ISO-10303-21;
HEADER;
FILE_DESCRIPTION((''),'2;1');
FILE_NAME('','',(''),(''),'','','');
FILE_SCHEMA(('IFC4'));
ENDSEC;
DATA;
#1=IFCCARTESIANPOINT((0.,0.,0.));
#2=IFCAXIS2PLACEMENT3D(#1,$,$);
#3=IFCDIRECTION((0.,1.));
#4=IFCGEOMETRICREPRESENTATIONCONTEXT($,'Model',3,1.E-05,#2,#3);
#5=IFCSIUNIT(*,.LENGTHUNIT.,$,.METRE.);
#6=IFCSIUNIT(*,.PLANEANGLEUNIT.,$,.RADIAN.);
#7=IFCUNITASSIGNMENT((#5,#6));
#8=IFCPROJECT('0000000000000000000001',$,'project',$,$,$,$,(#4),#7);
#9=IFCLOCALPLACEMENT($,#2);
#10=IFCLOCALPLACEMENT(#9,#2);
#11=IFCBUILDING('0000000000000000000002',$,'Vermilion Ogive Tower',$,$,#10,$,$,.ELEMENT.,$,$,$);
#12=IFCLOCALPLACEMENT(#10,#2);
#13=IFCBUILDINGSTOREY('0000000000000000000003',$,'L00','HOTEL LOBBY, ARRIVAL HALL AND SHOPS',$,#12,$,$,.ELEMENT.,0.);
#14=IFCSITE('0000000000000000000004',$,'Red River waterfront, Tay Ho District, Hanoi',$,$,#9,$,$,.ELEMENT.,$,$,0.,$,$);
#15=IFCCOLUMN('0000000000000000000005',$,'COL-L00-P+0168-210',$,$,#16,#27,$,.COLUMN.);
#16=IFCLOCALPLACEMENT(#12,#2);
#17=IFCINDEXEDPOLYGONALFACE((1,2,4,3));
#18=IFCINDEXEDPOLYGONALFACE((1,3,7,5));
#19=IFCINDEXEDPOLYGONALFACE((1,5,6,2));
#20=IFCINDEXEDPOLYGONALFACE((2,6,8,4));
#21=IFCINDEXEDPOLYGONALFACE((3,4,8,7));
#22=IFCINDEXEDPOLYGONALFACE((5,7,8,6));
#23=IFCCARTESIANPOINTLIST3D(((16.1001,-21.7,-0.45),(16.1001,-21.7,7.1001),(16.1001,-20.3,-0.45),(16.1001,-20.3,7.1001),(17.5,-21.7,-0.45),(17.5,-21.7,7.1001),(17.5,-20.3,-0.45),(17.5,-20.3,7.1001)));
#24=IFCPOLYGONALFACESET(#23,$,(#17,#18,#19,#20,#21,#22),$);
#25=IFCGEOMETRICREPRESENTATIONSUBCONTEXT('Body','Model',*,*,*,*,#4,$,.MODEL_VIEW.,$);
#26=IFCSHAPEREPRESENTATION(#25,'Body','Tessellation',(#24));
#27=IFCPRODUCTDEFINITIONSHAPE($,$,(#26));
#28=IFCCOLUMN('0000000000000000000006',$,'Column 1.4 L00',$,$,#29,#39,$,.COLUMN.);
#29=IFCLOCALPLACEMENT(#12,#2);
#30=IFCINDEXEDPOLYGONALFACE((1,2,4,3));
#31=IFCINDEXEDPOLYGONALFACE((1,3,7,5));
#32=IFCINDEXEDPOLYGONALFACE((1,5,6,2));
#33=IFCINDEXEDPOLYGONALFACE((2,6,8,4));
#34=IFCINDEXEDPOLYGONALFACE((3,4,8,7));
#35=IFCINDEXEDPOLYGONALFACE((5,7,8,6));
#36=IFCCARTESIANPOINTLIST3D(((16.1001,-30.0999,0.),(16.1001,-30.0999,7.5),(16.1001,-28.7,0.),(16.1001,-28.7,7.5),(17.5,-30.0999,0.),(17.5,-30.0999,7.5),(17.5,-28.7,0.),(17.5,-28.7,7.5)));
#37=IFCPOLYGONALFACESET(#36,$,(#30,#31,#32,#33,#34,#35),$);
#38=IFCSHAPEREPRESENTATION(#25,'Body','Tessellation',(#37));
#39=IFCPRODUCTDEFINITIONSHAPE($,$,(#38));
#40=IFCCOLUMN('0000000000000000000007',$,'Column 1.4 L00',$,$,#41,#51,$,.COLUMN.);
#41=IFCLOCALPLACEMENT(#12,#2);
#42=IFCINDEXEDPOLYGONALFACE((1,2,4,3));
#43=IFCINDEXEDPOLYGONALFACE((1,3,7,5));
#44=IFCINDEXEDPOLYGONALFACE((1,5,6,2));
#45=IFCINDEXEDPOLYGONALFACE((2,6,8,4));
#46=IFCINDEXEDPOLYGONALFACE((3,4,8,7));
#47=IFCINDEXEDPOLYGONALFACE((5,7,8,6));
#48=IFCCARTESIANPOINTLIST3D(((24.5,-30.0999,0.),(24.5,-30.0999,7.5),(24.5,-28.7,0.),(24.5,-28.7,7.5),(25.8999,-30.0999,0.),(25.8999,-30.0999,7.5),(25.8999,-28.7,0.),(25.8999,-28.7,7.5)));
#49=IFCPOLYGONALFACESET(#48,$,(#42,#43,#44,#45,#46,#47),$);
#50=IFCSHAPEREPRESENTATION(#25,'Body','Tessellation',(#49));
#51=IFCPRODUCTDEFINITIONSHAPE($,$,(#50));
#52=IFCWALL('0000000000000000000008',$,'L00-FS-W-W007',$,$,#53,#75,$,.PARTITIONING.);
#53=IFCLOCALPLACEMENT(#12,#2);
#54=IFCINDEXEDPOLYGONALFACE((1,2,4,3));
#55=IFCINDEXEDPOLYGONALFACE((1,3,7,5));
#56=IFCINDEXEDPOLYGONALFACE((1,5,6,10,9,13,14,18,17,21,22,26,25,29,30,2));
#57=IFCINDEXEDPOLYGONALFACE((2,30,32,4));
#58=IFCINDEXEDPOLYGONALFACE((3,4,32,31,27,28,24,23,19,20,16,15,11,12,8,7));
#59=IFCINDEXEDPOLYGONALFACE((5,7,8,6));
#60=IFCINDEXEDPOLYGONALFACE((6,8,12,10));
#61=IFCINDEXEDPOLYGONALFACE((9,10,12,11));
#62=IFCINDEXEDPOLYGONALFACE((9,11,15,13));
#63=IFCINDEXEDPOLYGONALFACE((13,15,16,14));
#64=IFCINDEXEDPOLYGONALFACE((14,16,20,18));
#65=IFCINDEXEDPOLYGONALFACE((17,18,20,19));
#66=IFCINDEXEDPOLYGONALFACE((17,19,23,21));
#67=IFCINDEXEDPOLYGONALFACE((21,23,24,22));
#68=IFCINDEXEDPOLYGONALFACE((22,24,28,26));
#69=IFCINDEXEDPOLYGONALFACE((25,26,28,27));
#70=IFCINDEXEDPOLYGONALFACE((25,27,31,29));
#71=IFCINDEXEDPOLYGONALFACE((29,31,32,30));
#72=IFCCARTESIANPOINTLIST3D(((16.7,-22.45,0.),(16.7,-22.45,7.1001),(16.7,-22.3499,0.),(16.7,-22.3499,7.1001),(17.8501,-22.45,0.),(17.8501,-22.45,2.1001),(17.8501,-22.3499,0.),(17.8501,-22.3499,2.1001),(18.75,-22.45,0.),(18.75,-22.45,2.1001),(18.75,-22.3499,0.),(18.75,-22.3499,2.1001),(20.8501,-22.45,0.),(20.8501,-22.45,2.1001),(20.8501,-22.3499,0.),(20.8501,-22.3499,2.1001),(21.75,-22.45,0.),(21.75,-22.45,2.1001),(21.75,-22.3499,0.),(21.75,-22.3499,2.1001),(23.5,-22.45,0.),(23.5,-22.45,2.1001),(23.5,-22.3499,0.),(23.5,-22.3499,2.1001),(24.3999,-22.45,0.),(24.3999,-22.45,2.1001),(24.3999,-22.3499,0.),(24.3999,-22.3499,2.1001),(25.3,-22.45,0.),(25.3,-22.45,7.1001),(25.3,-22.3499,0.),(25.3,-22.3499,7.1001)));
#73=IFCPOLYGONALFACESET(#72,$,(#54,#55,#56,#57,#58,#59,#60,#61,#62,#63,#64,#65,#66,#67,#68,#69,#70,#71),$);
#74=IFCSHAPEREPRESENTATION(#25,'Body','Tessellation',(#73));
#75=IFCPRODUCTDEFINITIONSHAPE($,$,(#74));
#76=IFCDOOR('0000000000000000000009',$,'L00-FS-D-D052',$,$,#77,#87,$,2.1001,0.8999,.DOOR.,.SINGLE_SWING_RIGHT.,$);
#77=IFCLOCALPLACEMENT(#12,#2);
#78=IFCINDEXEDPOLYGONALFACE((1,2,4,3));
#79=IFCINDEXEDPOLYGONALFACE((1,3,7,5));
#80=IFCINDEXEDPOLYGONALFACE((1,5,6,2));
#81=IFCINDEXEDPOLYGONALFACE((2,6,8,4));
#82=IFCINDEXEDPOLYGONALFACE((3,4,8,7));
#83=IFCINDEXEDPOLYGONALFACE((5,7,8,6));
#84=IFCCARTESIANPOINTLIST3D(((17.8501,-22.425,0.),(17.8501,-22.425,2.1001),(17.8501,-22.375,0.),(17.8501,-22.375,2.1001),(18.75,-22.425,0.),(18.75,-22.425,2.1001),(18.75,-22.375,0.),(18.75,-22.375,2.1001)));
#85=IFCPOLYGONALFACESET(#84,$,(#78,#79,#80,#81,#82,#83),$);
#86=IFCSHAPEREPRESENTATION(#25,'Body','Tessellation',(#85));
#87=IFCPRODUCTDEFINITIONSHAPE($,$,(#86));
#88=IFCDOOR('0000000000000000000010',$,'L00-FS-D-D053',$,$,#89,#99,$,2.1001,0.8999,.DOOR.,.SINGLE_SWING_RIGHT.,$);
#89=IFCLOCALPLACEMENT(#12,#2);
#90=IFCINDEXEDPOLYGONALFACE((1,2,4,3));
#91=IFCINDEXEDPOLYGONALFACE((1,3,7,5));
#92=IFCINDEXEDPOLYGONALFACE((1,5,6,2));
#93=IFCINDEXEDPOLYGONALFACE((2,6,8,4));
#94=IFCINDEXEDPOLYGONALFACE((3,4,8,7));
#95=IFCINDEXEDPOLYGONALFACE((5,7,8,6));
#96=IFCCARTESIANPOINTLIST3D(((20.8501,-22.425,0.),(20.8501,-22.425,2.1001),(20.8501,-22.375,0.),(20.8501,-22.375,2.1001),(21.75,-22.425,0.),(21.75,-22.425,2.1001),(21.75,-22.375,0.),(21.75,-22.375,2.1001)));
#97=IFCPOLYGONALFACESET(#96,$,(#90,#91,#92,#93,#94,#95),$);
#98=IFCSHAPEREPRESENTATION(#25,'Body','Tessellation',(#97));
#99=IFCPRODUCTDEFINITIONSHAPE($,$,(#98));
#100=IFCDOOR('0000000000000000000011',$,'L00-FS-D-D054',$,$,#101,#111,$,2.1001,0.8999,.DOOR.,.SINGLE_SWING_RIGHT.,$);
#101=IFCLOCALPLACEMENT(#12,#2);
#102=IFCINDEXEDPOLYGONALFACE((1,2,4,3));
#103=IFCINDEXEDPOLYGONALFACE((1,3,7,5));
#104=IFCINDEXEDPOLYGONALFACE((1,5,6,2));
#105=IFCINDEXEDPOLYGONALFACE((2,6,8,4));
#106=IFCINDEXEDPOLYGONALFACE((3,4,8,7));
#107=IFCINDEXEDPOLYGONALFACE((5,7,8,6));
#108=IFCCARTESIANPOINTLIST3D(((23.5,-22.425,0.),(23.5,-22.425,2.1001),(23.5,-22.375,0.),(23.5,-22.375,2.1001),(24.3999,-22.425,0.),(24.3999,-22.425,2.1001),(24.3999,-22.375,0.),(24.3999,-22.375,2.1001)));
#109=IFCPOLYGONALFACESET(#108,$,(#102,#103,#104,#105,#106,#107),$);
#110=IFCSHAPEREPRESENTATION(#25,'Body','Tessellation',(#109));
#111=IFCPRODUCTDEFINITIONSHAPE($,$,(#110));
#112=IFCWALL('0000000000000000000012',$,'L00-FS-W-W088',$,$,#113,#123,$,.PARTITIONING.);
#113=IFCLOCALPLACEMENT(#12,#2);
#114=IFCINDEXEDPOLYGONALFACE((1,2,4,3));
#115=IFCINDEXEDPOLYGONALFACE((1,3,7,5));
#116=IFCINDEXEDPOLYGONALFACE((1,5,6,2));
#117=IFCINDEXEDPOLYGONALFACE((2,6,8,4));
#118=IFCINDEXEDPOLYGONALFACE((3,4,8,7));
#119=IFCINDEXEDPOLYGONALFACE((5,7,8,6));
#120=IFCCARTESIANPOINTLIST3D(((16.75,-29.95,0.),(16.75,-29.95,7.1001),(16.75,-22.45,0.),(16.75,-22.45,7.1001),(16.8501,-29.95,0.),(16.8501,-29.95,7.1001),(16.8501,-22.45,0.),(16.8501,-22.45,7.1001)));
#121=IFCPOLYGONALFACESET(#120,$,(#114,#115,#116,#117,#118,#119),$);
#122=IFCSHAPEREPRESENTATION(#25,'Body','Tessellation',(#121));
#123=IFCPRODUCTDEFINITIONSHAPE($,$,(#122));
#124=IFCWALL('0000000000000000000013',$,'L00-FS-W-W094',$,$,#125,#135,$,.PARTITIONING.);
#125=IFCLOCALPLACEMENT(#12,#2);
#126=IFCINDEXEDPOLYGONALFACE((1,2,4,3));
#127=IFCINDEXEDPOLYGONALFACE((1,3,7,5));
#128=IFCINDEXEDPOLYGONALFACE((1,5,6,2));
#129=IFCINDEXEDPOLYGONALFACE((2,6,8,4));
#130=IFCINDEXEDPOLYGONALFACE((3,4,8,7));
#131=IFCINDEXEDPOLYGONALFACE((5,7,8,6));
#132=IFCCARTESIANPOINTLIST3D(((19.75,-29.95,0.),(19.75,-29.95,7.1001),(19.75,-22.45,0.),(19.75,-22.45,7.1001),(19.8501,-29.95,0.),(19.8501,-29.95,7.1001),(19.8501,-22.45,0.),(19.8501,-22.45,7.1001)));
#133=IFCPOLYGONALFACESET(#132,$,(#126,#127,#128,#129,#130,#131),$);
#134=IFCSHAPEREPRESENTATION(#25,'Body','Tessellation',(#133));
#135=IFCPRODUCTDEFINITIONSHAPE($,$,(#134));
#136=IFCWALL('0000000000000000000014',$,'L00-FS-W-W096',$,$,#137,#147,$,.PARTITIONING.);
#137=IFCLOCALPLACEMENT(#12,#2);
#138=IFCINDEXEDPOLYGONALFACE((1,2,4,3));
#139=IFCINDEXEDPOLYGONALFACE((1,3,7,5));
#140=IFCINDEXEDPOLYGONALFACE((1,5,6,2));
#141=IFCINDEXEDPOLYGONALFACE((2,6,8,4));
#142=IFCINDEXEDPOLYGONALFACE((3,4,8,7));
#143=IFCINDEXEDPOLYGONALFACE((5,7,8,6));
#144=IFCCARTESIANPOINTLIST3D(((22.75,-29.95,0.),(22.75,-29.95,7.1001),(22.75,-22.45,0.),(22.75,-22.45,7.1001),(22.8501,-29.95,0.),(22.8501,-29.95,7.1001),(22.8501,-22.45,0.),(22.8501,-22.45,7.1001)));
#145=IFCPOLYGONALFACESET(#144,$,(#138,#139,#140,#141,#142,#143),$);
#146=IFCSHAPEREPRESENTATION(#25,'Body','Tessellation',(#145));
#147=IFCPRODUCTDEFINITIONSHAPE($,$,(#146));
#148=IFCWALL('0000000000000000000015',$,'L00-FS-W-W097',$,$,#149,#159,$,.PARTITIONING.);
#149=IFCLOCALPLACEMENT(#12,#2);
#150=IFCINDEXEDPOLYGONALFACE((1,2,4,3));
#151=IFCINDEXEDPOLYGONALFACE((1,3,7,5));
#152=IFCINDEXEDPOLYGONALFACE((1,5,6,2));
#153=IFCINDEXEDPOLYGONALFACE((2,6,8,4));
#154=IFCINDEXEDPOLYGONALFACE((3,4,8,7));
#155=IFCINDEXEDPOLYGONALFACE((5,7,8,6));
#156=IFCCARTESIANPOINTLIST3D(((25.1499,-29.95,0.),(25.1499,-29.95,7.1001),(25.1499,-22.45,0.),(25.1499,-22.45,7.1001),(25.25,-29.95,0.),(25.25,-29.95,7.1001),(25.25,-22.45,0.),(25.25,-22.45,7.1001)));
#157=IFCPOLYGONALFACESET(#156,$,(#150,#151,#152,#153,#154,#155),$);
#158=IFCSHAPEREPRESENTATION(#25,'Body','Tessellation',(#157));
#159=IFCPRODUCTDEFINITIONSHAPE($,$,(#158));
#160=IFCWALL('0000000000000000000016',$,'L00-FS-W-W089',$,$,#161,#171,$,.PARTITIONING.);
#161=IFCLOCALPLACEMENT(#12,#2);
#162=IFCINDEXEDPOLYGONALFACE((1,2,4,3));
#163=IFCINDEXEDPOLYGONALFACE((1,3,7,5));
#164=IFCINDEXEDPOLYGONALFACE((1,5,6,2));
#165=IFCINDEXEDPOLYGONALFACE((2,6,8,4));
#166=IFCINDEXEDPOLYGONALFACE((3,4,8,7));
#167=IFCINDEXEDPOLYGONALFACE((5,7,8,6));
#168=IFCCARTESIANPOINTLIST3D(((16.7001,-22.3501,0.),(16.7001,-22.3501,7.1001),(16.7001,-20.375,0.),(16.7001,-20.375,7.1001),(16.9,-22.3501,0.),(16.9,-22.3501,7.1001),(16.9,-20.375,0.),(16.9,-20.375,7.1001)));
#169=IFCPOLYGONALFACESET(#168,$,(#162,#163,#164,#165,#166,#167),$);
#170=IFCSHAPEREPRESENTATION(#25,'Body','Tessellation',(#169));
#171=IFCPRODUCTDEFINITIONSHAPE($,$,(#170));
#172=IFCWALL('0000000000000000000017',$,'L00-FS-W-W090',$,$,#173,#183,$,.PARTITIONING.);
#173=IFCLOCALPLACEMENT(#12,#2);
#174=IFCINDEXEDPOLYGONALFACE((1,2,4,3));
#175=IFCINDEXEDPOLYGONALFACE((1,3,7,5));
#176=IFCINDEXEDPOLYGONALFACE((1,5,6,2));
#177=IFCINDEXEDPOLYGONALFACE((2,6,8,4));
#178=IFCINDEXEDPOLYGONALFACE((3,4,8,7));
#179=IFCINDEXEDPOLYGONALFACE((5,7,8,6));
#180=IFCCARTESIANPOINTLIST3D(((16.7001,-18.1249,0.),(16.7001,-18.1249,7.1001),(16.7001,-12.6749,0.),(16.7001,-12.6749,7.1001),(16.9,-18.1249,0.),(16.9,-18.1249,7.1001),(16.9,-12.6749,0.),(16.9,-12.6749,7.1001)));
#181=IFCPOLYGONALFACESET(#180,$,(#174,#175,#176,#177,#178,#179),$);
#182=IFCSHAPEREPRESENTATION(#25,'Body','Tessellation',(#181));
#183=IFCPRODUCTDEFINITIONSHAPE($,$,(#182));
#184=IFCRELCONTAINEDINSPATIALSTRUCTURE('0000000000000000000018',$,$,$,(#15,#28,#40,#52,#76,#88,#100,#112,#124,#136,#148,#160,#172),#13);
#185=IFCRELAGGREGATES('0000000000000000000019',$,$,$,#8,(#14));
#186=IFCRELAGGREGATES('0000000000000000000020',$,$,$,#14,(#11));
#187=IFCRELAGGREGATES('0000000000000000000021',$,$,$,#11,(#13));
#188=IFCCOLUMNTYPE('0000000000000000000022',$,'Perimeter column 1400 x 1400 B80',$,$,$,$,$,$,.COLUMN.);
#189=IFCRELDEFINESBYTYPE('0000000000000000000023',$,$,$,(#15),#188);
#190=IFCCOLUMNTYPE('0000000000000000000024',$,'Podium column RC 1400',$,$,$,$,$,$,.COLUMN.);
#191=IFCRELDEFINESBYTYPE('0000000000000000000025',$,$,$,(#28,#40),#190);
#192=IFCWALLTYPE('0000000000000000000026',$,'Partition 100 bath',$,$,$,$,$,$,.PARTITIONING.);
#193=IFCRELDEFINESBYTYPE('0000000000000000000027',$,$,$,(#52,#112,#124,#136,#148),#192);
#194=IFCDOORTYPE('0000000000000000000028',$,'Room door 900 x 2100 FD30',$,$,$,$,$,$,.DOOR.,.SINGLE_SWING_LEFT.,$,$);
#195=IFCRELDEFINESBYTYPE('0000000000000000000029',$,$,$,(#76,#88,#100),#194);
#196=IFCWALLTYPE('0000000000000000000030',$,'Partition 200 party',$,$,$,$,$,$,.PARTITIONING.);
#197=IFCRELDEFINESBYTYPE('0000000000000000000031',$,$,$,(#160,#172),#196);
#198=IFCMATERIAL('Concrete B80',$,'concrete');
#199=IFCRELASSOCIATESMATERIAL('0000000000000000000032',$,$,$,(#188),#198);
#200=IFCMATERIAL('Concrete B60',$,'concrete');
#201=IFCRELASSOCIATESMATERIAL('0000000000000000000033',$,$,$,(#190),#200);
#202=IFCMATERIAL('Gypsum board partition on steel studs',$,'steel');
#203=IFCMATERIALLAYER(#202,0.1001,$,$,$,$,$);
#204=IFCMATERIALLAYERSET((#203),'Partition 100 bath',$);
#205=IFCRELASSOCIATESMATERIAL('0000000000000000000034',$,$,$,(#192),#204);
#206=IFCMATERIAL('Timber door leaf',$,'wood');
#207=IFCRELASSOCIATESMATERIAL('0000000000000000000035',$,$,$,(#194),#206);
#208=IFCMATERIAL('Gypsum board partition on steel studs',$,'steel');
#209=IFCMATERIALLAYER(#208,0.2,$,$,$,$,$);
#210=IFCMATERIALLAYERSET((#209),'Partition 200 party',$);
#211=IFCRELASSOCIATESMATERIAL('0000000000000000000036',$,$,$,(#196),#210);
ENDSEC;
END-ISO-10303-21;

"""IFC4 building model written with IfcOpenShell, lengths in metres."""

from ifc_helpers import new_model, si_unit, direction, frame, frame_2d, origin, origin_2d, place, context, subcontext, project, spatial, rectangle, extrude, material, layer, layer_set, material_profile, profile_set, type_object, element, fill, save


model = new_model("IFC4")

# Units and contexts
model_context = context("Model", 3, precision=1e-05, world=origin(), true_north=direction((0.0, 1.0)))
body_context = subcontext(model_context, "Body", "Model", "MODEL_VIEW")
ifc_project = project(units=[si_unit("LENGTHUNIT", "METRE"), si_unit("PLANEANGLEUNIT", "RADIAN")], contexts=[model_context])

# Site, building, storey
site_placement = place(None, origin())
site = spatial("IfcSite", under=ifc_project, at=site_placement, Name="Red River waterfront, Tay Ho District, Hanoi", CompositionType="ELEMENT", RefElevation=0.0)
building_placement = place(site_placement, origin())
building = spatial("IfcBuilding", under=site, at=building_placement, Name="Vermilion Ogive Tower", CompositionType="ELEMENT")
storey_placement = place(building_placement, origin())
storey = spatial("IfcBuildingStorey", under=building, at=storey_placement, Name="L00", Description="HOTEL LOBBY, ARRIVAL HALL AND SHOPS", CompositionType="ELEMENT", Elevation=0.0)

# Columns
ifc_material_1 = material(Name="Concrete B80", Category="concrete")
ifc_material_profile_1 = material_profile(ifc_material_1, rectangle(XDim=1.3999, YDim=1.3999, at=origin_2d()), Name="1400 x 1400")
ifc_profile_set_1 = profile_set([ifc_material_profile_1], Name="Concrete B80")
column_type_1 = type_object("IfcColumnType", Name="Perimeter column 1400 x 1400 B80", PredefinedType="COLUMN", material=ifc_profile_set_1)
column_placement = place(storey_placement, frame((16.8, -21.0, -0.45), z_axis=(0.0, 0.0, 1.0), x_axis=(1.0, 0.0, 0.0)))
element("IfcColumn", 1, at=column_placement, inside=storey, type_object=column_type_1, Name="COL-L00-P+0168-210", PredefinedType="COLUMN", context=body_context, shape_type="SweptSolid", body=[
    extrude(rectangle(XDim=1.3999, YDim=1.3999, at=origin_2d()), origin(), (0.0, 0.0, 1.0), 7.55),
])
ifc_material_2 = material(Name="Concrete B60", Category="concrete")
ifc_material_profile_2 = material_profile(ifc_material_2, rectangle(XDim=1.3999, YDim=1.3999, at=origin_2d()), Name="RC 1400x1400")
ifc_profile_set_2 = profile_set([ifc_material_profile_2], Name="Concrete B60")
column_type_2 = type_object("IfcColumnType", Name="Podium column RC 1400", PredefinedType="COLUMN", material=ifc_profile_set_2)
for number, where, z_axis, x_axis, name in (
    (2, (16.8, -29.3999, 0.0), (0.0, 0.0, 1.0), (1.0, 0.0, 0.0), "Column 1.4 L00"),
    (3, (25.2, -29.3999, 0.0), (0.0, 0.0, 1.0), (1.0, 0.0, 0.0), "Column 1.4 L00"),
):
    element("IfcColumn", number, at=place(storey_placement, frame(where, z_axis=z_axis, x_axis=x_axis)), inside=storey, type_object=column_type_2, Name=name, PredefinedType="COLUMN", context=body_context, shape_type="SweptSolid", body=[
        extrude(rectangle(XDim=1.3999, YDim=1.3999, at=origin_2d()), origin(), (0.0, 0.0, 1.0), 7.5),
    ])

# Wall, openings, doors
ifc_material_3 = material(Name="Gypsum board partition on steel studs", Category="steel")
ifc_layer_1 = layer(ifc_material_3, 0.1001)
ifc_layer_set_1 = layer_set([ifc_layer_1], Name="Partition 100 bath")
wall_type_1 = type_object("IfcWallType", Name="Partition 100 bath", PredefinedType="PARTITIONING", material=ifc_layer_set_1)
wall_1_placement = place(storey_placement, frame((16.7, -22.3999, 0.0), z_axis=(0.0, 0.0, 1.0), x_axis=(1.0, 0.0, 0.0)))
wall_1 = element("IfcWall", 4, at=wall_1_placement, inside=storey, type_object=wall_type_1, Name="L00-FS-W-W007", PredefinedType="PARTITIONING", context=body_context, shape_type="SweptSolid", body=[
    extrude(rectangle(XDim=8.6001, YDim=0.1001, at=frame_2d((4.3, 0.0))), origin(), (0.0, 0.0, 1.0), 7.1001),
])
opening_1_placement = place(wall_1_placement, frame((1.1501, 0.0, 0.0)))
opening_1 = element("IfcOpeningElement", 5, at=opening_1_placement, cuts=wall_1, PredefinedType="OPENING", context=body_context, shape_type="SweptSolid", body=[
    extrude(rectangle(XDim=0.8999, YDim=2.1001, at=frame_2d((0.45, 1.05))), frame((0.0, 0.0601, 0.0), z_axis=(0.0, -1.0, 0.0), x_axis=(1.0, 0.0, 0.0)), (0.0, 0.0, 1.0), 0.1201),
])
opening_2_placement = place(wall_1_placement, frame((4.1501, 0.0, 0.0)))
opening_2 = element("IfcOpeningElement", 6, at=opening_2_placement, cuts=wall_1, PredefinedType="OPENING", context=body_context, shape_type="SweptSolid", body=[
    extrude(rectangle(XDim=0.8999, YDim=2.1001, at=frame_2d((0.45, 1.05))), frame((0.0, 0.0601, 0.0), z_axis=(0.0, -1.0, 0.0), x_axis=(1.0, 0.0, 0.0)), (0.0, 0.0, 1.0), 0.1201),
])
opening_3_placement = place(wall_1_placement, frame((6.8, 0.0, 0.0)))
opening_3 = element("IfcOpeningElement", 7, at=opening_3_placement, cuts=wall_1, PredefinedType="OPENING", context=body_context, shape_type="SweptSolid", body=[
    extrude(rectangle(XDim=0.8999, YDim=2.1001, at=frame_2d((0.45, 1.05))), frame((0.0, 0.0601, 0.0), z_axis=(0.0, -1.0, 0.0), x_axis=(1.0, 0.0, 0.0)), (0.0, 0.0, 1.0), 0.1201),
])
ifc_material_4 = material(Name="Timber door leaf", Category="wood")
door_type_1 = type_object("IfcDoorType", Name="Room door 900 x 2100 FD30", OperationType="SINGLE_SWING_LEFT", PredefinedType="DOOR", material=ifc_material_4)
door_1_placement = place(opening_1_placement, origin())
door_1 = element("IfcDoor", 8, at=door_1_placement, inside=storey, type_object=door_type_1, Name="L00-FS-D-D052", OperationType="SINGLE_SWING_RIGHT", OverallHeight=2.1001, OverallWidth=0.8999, PredefinedType="DOOR", context=body_context, shape_type="SweptSolid", body=[
    extrude(rectangle(XDim=0.8999, YDim=2.1001, at=frame_2d((0.45, 1.05))), frame((0.0, 0.0249, 0.0), z_axis=(0.0, -1.0, 0.0), x_axis=(1.0, 0.0, 0.0)), (0.0, 0.0, 1.0), 0.05),
])
fill(opening_1, door_1)
door_2_placement = place(opening_2_placement, origin())
door_2 = element("IfcDoor", 9, at=door_2_placement, inside=storey, type_object=door_type_1, Name="L00-FS-D-D053", OperationType="SINGLE_SWING_RIGHT", OverallHeight=2.1001, OverallWidth=0.8999, PredefinedType="DOOR", context=body_context, shape_type="SweptSolid", body=[
    extrude(rectangle(XDim=0.8999, YDim=2.1001, at=frame_2d((0.45, 1.05))), frame((0.0, 0.0249, 0.0), z_axis=(0.0, -1.0, 0.0), x_axis=(1.0, 0.0, 0.0)), (0.0, 0.0, 1.0), 0.05),
])
fill(opening_2, door_2)
door_3_placement = place(opening_3_placement, origin())
door_3 = element("IfcDoor", 10, at=door_3_placement, inside=storey, type_object=door_type_1, Name="L00-FS-D-D054", OperationType="SINGLE_SWING_RIGHT", OverallHeight=2.1001, OverallWidth=0.8999, PredefinedType="DOOR", context=body_context, shape_type="SweptSolid", body=[
    extrude(rectangle(XDim=0.8999, YDim=2.1001, at=frame_2d((0.45, 1.05))), frame((0.0, 0.0249, 0.0), z_axis=(0.0, -1.0, 0.0), x_axis=(1.0, 0.0, 0.0)), (0.0, 0.0, 1.0), 0.05),
])
fill(opening_3, door_3)

# Walls
for number, where, z_axis, x_axis, name in (
    (11, (16.8, -29.95, 0.0), (0.0, 0.0, 1.0), (0.0, 1.0, 0.0), "L00-FS-W-W088"),
    (12, (19.8, -29.95, 0.0), (0.0, 0.0, 1.0), (0.0, 1.0, 0.0), "L00-FS-W-W094"),
    (13, (22.8, -29.95, 0.0), (0.0, 0.0, 1.0), (0.0, 1.0, 0.0), "L00-FS-W-W096"),
    (14, (25.2, -29.95, 0.0), (0.0, 0.0, 1.0), (0.0, 1.0, 0.0), "L00-FS-W-W097"),
):
    element("IfcWall", number, at=place(storey_placement, frame(where, z_axis=z_axis, x_axis=x_axis)), inside=storey, type_object=wall_type_1, Name=name, PredefinedType="PARTITIONING", context=body_context, shape_type="SweptSolid", body=[
        extrude(rectangle(XDim=7.5, YDim=0.1001, at=frame_2d((3.75, 0.0))), origin(), (0.0, 0.0, 1.0), 7.1001),
    ])
ifc_material_5 = material(Name="Gypsum board partition on steel studs", Category="steel")
ifc_layer_2 = layer(ifc_material_5, 0.2)
ifc_layer_set_2 = layer_set([ifc_layer_2], Name="Partition 200 party")
wall_type_2 = type_object("IfcWallType", Name="Partition 200 party", PredefinedType="PARTITIONING", material=ifc_layer_set_2)
wall_2_placement = place(storey_placement, frame((16.8, -22.3501, 0.0), z_axis=(0.0, 0.0, 1.0), x_axis=(0.0, 1.0, 0.0)))
element("IfcWall", 15, at=wall_2_placement, inside=storey, type_object=wall_type_2, Name="L00-FS-W-W089", PredefinedType="PARTITIONING", context=body_context, shape_type="SweptSolid", body=[
    extrude(rectangle(XDim=1.9751, YDim=0.2, at=frame_2d((0.9875, 0.0))), origin(), (0.0, 0.0, 1.0), 7.1001),
])
wall_3_placement = place(storey_placement, frame((16.8, -18.125, 0.0), z_axis=(0.0, 0.0, 1.0), x_axis=(0.0, 1.0, 0.0)))
element("IfcWall", 16, at=wall_3_placement, inside=storey, type_object=wall_type_2, Name="L00-FS-W-W090", PredefinedType="PARTITIONING", context=body_context, shape_type="SweptSolid", body=[
    extrude(rectangle(XDim=5.45, YDim=0.2, at=frame_2d((2.7251, 0.0))), origin(), (0.0, 0.0, 1.0), 7.1001),
])

save(model, "model.ifc")
